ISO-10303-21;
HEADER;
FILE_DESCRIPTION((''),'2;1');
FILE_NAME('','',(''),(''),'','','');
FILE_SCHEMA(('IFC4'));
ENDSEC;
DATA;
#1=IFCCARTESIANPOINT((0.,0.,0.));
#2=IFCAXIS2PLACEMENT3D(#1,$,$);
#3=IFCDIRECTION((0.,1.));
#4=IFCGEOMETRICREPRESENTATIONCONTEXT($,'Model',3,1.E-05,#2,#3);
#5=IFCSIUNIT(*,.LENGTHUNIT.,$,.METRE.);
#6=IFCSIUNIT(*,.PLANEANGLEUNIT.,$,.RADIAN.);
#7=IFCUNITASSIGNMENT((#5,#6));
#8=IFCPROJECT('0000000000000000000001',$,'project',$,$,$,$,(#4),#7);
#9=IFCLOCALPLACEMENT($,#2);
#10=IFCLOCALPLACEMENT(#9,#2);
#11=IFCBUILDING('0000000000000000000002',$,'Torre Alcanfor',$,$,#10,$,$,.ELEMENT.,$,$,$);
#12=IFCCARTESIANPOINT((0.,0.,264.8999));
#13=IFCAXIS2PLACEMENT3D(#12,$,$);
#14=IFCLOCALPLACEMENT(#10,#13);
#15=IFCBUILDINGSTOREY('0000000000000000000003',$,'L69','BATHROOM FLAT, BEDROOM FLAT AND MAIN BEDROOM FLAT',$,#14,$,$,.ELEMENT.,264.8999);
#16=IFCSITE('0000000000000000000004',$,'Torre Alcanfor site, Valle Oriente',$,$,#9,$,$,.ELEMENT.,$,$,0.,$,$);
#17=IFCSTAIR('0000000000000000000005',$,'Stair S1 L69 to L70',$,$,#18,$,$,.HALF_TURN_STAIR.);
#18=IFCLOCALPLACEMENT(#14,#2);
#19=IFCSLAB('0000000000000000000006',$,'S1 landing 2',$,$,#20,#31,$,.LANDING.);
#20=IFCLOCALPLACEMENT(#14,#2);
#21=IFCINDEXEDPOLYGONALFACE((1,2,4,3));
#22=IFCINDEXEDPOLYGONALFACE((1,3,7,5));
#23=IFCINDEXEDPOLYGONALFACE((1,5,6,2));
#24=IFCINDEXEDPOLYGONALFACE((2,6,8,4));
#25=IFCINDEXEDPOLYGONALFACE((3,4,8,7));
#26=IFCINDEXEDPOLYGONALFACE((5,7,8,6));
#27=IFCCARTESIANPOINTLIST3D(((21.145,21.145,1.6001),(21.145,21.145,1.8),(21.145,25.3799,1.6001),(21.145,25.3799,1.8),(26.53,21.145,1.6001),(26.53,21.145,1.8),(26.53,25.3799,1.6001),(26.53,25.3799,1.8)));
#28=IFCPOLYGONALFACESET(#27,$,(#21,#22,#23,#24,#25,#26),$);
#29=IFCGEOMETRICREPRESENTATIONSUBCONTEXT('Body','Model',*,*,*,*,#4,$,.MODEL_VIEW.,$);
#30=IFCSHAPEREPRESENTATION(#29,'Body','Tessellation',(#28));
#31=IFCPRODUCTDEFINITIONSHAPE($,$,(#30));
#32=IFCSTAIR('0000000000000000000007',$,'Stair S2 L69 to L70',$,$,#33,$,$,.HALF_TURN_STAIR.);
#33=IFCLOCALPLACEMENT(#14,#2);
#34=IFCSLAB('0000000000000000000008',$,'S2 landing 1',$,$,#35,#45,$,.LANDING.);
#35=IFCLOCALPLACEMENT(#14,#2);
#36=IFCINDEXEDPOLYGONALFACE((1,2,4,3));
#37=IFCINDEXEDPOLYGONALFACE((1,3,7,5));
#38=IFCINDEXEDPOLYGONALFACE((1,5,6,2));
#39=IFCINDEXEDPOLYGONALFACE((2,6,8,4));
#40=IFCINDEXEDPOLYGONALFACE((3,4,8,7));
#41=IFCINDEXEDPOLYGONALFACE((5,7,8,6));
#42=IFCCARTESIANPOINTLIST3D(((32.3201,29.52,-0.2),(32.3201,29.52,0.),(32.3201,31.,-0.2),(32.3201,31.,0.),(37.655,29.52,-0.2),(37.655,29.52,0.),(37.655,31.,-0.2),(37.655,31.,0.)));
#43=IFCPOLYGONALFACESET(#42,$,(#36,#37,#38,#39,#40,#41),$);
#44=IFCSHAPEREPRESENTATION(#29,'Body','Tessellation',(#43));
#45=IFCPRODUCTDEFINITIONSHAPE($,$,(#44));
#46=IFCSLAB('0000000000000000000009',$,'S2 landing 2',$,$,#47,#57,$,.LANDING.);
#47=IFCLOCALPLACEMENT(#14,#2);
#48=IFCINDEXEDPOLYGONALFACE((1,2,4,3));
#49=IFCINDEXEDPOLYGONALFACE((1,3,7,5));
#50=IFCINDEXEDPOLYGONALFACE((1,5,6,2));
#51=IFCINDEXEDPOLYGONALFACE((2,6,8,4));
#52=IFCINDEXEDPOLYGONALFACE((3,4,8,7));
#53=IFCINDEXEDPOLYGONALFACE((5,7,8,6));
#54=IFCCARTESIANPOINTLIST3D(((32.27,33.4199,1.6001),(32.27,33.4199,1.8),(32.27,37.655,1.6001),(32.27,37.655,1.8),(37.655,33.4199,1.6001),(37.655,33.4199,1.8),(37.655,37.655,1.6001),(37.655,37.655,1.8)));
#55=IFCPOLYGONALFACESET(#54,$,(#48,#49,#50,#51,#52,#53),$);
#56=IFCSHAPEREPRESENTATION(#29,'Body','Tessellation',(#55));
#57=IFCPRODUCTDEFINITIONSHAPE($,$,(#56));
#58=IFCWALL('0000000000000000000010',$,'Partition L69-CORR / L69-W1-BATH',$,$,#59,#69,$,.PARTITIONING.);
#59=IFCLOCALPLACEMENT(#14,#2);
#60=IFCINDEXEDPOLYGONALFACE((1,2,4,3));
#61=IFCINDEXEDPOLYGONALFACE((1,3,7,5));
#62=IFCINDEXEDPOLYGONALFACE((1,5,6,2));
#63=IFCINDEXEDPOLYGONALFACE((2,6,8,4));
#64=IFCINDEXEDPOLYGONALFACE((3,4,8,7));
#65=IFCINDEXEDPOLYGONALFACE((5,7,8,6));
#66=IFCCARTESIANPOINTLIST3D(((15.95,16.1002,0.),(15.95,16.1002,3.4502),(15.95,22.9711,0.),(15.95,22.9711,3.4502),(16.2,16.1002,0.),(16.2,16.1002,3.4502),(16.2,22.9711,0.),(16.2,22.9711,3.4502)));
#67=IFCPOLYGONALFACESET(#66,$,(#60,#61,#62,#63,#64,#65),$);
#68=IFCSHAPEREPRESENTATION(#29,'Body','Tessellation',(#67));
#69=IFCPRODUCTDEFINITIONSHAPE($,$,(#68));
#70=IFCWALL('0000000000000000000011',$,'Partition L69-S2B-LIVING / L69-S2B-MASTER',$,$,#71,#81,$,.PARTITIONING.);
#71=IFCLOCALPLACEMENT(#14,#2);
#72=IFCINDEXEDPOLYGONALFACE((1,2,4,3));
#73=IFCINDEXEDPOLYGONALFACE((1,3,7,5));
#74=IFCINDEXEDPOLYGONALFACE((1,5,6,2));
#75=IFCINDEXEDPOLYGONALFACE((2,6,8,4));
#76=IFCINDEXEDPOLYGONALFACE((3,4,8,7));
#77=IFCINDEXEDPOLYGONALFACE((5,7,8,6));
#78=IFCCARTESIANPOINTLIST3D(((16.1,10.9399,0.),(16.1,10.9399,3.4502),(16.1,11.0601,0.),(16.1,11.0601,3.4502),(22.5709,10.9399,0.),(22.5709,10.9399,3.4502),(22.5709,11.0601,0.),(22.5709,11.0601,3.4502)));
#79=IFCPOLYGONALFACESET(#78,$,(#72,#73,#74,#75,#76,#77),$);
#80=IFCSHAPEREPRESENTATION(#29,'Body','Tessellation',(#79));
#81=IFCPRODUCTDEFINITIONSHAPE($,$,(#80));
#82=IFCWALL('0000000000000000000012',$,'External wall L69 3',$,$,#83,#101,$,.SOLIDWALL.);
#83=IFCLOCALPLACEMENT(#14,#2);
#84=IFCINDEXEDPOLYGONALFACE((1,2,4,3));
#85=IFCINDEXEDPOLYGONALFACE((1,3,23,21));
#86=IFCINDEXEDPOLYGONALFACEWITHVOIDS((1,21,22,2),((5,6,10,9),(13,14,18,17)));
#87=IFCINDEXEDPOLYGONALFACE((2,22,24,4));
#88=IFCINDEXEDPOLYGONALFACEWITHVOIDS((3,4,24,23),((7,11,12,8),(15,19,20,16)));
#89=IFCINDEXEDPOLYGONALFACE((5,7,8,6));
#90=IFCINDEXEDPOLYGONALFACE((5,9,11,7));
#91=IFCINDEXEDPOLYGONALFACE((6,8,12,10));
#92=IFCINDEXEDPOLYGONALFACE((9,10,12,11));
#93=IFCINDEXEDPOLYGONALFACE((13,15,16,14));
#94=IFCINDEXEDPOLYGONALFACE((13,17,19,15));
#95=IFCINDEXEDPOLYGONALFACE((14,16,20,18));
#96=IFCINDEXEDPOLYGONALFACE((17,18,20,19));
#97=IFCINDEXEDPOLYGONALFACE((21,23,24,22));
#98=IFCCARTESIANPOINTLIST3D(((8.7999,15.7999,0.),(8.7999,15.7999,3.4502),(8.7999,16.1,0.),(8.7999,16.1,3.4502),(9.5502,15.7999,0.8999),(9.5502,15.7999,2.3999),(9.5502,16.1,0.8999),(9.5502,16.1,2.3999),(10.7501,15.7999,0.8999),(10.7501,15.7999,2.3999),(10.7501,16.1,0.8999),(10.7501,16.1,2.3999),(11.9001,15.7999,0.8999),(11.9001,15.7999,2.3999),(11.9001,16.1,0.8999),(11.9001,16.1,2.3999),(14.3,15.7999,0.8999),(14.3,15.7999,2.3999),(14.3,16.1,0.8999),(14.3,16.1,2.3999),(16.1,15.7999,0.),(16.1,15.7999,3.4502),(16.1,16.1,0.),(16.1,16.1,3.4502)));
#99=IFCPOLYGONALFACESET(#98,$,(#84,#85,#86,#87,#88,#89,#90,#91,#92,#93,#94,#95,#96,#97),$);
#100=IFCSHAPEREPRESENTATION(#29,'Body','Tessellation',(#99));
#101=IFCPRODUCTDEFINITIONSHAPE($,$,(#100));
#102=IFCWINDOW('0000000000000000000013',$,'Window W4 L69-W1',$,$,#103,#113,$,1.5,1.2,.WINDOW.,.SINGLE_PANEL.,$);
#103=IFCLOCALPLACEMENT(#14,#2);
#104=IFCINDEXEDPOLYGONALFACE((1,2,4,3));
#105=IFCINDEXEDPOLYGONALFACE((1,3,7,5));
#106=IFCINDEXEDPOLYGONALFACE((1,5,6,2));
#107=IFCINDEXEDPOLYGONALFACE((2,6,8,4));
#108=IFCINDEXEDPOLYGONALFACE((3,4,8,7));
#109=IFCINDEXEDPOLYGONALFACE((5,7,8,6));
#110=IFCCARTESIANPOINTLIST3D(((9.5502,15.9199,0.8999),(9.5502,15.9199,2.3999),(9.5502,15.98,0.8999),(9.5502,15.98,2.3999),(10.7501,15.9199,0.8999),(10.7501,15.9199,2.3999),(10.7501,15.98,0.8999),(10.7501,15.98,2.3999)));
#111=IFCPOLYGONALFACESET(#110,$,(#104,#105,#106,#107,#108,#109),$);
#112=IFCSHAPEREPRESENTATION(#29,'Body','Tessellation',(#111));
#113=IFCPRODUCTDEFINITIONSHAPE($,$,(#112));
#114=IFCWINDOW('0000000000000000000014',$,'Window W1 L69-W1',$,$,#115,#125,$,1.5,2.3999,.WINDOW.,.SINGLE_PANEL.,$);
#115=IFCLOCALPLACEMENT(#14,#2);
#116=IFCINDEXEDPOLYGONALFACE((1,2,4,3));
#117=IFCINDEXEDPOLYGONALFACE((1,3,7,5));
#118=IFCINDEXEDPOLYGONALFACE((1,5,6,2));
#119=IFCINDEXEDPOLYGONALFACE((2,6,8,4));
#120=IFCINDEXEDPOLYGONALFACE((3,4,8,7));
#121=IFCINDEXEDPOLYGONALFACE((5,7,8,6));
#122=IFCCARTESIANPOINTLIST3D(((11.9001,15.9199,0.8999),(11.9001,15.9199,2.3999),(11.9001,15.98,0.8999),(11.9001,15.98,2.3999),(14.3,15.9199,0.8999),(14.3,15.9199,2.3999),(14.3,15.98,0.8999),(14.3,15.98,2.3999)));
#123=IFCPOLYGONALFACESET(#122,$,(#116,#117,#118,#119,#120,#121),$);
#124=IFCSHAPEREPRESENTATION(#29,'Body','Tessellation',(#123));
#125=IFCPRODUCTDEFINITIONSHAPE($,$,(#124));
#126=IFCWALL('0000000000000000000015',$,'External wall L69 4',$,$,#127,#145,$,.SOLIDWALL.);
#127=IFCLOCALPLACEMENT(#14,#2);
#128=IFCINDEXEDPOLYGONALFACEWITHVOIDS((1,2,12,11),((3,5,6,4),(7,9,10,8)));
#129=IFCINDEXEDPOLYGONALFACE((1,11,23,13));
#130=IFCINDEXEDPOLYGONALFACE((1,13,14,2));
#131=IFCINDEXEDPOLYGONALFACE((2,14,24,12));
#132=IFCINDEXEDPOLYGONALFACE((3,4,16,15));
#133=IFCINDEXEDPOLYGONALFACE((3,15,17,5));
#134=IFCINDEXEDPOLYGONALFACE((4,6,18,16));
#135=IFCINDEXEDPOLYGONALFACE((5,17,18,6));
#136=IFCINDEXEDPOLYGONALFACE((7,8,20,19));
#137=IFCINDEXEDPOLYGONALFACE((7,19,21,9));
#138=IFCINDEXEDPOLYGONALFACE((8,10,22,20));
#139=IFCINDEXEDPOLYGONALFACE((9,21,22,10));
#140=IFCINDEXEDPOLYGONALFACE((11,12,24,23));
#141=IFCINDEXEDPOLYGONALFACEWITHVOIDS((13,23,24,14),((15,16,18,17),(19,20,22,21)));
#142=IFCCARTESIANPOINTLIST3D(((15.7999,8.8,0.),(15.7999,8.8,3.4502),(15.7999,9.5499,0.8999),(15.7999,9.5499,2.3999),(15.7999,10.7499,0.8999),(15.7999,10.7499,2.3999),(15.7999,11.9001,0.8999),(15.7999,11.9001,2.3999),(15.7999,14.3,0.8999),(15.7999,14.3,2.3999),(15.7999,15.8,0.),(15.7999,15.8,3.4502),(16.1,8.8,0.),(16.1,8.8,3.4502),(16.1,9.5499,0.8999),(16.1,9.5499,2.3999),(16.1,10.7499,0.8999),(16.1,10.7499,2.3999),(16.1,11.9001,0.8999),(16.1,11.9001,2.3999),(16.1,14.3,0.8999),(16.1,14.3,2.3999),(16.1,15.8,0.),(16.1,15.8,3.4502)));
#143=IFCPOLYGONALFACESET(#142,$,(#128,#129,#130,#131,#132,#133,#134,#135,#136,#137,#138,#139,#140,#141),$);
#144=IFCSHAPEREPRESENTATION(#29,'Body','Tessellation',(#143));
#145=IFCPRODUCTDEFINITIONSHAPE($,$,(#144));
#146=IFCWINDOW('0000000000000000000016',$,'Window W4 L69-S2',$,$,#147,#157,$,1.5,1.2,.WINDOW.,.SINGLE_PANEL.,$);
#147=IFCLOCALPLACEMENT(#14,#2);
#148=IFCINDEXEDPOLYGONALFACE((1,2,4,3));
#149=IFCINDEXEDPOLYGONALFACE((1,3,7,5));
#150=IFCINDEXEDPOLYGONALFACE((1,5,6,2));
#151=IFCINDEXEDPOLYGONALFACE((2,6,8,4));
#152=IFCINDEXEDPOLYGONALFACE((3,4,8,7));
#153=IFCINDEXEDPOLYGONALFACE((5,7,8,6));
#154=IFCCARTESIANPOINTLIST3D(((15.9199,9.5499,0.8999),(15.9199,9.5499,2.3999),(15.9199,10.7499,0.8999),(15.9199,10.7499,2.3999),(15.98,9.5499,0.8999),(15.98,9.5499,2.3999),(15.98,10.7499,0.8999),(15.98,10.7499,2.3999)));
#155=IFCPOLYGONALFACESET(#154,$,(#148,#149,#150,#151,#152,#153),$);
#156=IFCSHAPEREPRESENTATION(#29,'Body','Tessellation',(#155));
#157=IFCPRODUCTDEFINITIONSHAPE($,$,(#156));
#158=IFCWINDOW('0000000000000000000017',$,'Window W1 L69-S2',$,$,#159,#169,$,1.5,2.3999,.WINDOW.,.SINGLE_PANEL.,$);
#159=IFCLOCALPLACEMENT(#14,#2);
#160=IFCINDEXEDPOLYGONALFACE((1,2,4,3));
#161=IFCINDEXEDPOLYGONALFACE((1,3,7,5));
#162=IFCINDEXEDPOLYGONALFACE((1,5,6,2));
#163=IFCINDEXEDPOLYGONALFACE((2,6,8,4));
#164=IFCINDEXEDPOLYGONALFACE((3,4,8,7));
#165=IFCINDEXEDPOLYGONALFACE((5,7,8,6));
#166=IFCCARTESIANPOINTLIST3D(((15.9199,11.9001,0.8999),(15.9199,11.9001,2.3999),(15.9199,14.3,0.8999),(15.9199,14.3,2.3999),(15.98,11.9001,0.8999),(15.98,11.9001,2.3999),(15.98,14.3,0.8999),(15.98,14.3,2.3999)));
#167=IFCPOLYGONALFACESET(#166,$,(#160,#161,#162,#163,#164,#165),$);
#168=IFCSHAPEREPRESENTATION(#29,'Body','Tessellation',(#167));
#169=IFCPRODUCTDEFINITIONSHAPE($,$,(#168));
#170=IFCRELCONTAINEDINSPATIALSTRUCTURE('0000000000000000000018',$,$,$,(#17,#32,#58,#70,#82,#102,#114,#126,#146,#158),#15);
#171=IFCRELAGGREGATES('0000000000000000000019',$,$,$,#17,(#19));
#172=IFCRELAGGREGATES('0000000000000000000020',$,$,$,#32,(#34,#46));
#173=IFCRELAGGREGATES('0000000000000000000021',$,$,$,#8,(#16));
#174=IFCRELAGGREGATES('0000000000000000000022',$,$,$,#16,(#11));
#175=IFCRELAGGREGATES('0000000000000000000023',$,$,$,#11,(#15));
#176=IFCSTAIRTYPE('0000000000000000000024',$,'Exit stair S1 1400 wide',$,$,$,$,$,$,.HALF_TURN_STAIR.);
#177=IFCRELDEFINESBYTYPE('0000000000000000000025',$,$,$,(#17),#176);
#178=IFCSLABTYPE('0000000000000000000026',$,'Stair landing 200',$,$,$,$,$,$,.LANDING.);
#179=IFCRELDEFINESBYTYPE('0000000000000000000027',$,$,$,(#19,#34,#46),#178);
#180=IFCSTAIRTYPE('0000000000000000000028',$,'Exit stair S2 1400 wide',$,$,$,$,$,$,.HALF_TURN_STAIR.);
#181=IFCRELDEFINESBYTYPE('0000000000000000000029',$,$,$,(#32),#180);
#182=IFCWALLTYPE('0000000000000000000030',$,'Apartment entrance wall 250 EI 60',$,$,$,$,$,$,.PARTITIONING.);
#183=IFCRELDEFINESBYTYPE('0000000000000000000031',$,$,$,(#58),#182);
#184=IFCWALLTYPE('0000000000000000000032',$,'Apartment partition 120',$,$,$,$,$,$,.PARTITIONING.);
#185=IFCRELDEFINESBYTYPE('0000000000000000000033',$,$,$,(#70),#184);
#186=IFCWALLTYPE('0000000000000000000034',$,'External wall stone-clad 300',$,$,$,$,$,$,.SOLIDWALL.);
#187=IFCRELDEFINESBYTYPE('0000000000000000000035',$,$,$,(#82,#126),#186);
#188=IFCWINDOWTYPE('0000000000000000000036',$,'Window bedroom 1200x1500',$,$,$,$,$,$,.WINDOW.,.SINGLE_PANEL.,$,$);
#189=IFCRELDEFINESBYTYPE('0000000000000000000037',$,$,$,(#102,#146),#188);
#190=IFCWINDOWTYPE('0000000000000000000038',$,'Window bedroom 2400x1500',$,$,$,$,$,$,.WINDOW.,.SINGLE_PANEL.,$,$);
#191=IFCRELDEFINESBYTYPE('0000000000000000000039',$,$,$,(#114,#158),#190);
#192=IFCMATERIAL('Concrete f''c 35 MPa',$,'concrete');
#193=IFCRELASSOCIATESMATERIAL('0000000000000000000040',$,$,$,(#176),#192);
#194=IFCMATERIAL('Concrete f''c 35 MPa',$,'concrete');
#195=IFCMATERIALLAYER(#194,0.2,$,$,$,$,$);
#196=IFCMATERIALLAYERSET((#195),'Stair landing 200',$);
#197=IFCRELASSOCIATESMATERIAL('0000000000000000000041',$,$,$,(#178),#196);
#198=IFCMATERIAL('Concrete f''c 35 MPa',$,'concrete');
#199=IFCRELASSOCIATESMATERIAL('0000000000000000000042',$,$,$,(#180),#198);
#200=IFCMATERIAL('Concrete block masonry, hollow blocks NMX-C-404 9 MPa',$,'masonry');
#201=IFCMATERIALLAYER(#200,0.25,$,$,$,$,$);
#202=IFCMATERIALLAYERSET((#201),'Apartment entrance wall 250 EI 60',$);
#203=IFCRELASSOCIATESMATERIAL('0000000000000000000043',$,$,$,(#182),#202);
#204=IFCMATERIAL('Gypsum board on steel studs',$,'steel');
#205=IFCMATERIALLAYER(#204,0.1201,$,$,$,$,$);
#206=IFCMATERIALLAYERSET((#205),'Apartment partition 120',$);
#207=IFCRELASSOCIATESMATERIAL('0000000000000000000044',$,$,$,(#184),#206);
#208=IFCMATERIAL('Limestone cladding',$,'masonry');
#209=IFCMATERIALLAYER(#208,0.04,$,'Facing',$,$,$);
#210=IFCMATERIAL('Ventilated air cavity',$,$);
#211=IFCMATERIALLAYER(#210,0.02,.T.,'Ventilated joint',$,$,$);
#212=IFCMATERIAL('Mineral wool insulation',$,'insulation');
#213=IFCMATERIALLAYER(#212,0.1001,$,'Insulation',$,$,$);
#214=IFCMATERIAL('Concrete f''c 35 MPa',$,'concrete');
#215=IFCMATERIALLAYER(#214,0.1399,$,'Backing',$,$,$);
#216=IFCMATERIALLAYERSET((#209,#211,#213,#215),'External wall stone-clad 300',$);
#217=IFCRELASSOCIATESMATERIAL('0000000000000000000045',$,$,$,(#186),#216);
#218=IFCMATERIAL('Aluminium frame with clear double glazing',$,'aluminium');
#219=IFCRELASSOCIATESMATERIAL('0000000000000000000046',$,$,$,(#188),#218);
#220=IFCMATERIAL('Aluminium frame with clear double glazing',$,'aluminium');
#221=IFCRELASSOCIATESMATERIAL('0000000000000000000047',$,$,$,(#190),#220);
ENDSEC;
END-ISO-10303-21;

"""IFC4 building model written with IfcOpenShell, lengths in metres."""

from ifc_helpers import new_model, si_unit, direction, frame, frame_2d, origin, place, context, subcontext, project, spatial, polyline, rectangle, outline, extrude, material, layer, layer_set, type_object, element, fill, aggregate, save


model = new_model("IFC4")

# Units and contexts
model_context = context("Model", 3, precision=1e-05, world=origin(), true_north=direction((0.0, 1.0)))
body_context = subcontext(model_context, "Body", "Model", "MODEL_VIEW")
ifc_project = project(units=[si_unit("LENGTHUNIT", "METRE"), si_unit("PLANEANGLEUNIT", "RADIAN")], contexts=[model_context])

# Site, building, storey
site_placement = place(None, origin())
site = spatial("IfcSite", under=ifc_project, at=site_placement, Name="Torre Alcanfor site, Valle Oriente", CompositionType="ELEMENT", RefElevation=0.0)
building_placement = place(site_placement, origin())
building = spatial("IfcBuilding", under=site, at=building_placement, Name="Torre Alcanfor", CompositionType="ELEMENT")
storey_placement = place(building_placement, frame((0.0, 0.0, 264.8999)))
storey = spatial("IfcBuildingStorey", under=building, at=storey_placement, Name="L69", Description="BATHROOM FLAT, BEDROOM FLAT AND MAIN BEDROOM FLAT", CompositionType="ELEMENT", Elevation=264.8999)

# Stairs, slabs
ifc_material_1 = material(Name="Concrete f'c 35 MPa", Category="concrete")
stair_type_1 = type_object("IfcStairType", Name="Exit stair S1 1400 wide", PredefinedType="HALF_TURN_STAIR", material=ifc_material_1)
stair_1_placement = place(storey_placement, origin())
stair_1 = element("IfcStair", 1, at=stair_1_placement, inside=storey, type_object=stair_type_1, Name="Stair S1 L69 to L70", PredefinedType="HALF_TURN_STAIR")
ifc_material_2 = material(Name="Concrete f'c 35 MPa", Category="concrete")
ifc_layer_1 = layer(ifc_material_2, 0.2)
ifc_layer_set_1 = layer_set([ifc_layer_1], Name="Stair landing 200")
slab_type_1 = type_object("IfcSlabType", Name="Stair landing 200", PredefinedType="LANDING", material=ifc_layer_set_1)
slab_1_placement = place(storey_placement, frame((0.0, 0.0, 1.6001)))
slab_1 = element("IfcSlab", 2, at=slab_1_placement, type_object=slab_type_1, Name="S1 landing 2", PredefinedType="LANDING", context=body_context, shape_type="SweptSolid", body=[
    extrude(outline(polyline([(21.145, 21.145), (26.53, 21.145), (26.53, 25.3799), (21.145, 25.3799), (21.145, 21.145)])), origin(), (0.0, 0.0, 1.0), 0.2),
])
aggregate(stair_1, [slab_1])
ifc_material_3 = material(Name="Concrete f'c 35 MPa", Category="concrete")
stair_type_2 = type_object("IfcStairType", Name="Exit stair S2 1400 wide", PredefinedType="HALF_TURN_STAIR", material=ifc_material_3)
stair_2_placement = place(storey_placement, origin())
stair_2 = element("IfcStair", 3, at=stair_2_placement, inside=storey, type_object=stair_type_2, Name="Stair S2 L69 to L70", PredefinedType="HALF_TURN_STAIR")
slab_2_placement = place(storey_placement, frame((0.0, 0.0, -0.2)))
slab_2 = element("IfcSlab", 4, at=slab_2_placement, type_object=slab_type_1, Name="S2 landing 1", PredefinedType="LANDING", context=body_context, shape_type="SweptSolid", body=[
    extrude(outline(polyline([(32.3201, 29.52), (37.655, 29.52), (37.655, 31.0), (32.3201, 31.0), (32.3201, 29.52)])), origin(), (0.0, 0.0, 1.0), 0.2),
])
slab_3_placement = place(storey_placement, frame((0.0, 0.0, 1.6001)))
slab_3 = element("IfcSlab", 5, at=slab_3_placement, type_object=slab_type_1, Name="S2 landing 2", PredefinedType="LANDING", context=body_context, shape_type="SweptSolid", body=[
    extrude(outline(polyline([(32.27, 33.4199), (37.655, 33.4199), (37.655, 37.655), (32.27, 37.655), (32.27, 33.4199)])), origin(), (0.0, 0.0, 1.0), 0.2),
])
aggregate(stair_2, [slab_2, slab_3])

# Walls
ifc_material_4 = material(Name="Concrete block masonry, hollow blocks NMX-C-404 9 MPa", Category="masonry")
ifc_layer_2 = layer(ifc_material_4, 0.25)
ifc_layer_set_2 = layer_set([ifc_layer_2], Name="Apartment entrance wall 250 EI 60")
wall_type_1 = type_object("IfcWallType", Name="Apartment entrance wall 250 EI 60", PredefinedType="PARTITIONING", material=ifc_layer_set_2)
wall_1_placement = place(storey_placement, frame((16.075, 16.1001, 0.0), z_axis=(0.0, 0.0, 1.0), x_axis=(0.0, 1.0, 0.0)))
element("IfcWall", 6, at=wall_1_placement, inside=storey, type_object=wall_type_1, Name="Partition L69-CORR / L69-W1-BATH", PredefinedType="PARTITIONING", context=body_context, shape_type="SweptSolid", body=[
    extrude(rectangle(XDim=6.8708, YDim=0.25, at=frame_2d((3.4355, 0.0))), origin(), (0.0, 0.0, 1.0), 3.4502),
])
ifc_material_5 = material(Name="Gypsum board on steel studs", Category="steel")
ifc_layer_3 = layer(ifc_material_5, 0.1201)
ifc_layer_set_3 = layer_set([ifc_layer_3], Name="Apartment partition 120")
wall_type_2 = type_object("IfcWallType", Name="Apartment partition 120", PredefinedType="PARTITIONING", material=ifc_layer_set_3)
wall_2_placement = place(storey_placement, frame((16.1001, 11.0, 0.0), z_axis=(0.0, 0.0, 1.0), x_axis=(1.0, 0.0, 0.0)))
element("IfcWall", 7, at=wall_2_placement, inside=storey, type_object=wall_type_2, Name="Partition L69-S2B-LIVING / L69-S2B-MASTER", PredefinedType="PARTITIONING", context=body_context, shape_type="SweptSolid", body=[
    extrude(rectangle(XDim=6.4709, YDim=0.1201, at=frame_2d((3.2354, 0.0))), origin(), (0.0, 0.0, 1.0), 3.4502),
])

# Walls, openings, windows
ifc_material_6 = material(Name="Limestone cladding", Category="masonry")
ifc_layer_4 = layer(ifc_material_6, 0.04, Name="Facing")
ifc_material_7 = material(Name="Ventilated air cavity")
ifc_layer_5 = layer(ifc_material_7, 0.02, ventilated=True, Name="Ventilated joint")
ifc_material_8 = material(Name="Mineral wool insulation", Category="insulation")
ifc_layer_6 = layer(ifc_material_8, 0.1001, Name="Insulation")
ifc_material_9 = material(Name="Concrete f'c 35 MPa", Category="concrete")
ifc_layer_7 = layer(ifc_material_9, 0.1399, Name="Backing")
ifc_layer_set_4 = layer_set([ifc_layer_4, ifc_layer_5, ifc_layer_6, ifc_layer_7], Name="External wall stone-clad 300")
wall_type_3 = type_object("IfcWallType", Name="External wall stone-clad 300", PredefinedType="SOLIDWALL", material=ifc_layer_set_4)
wall_3_placement = place(storey_placement, frame((8.8, 15.95, 0.0), z_axis=(0.0, 0.0, 1.0), x_axis=(1.0, 0.0, 0.0)))
wall_3 = element("IfcWall", 8, at=wall_3_placement, inside=storey, type_object=wall_type_3, Name="External wall L69 3", PredefinedType="SOLIDWALL", context=body_context, shape_type="SweptSolid", body=[
    extrude(rectangle(XDim=7.3, YDim=0.3, at=frame_2d((3.6499, 0.0))), origin(), (0.0, 0.0, 1.0), 3.4502),
])
opening_1_placement = place(wall_3_placement, frame((3.1001, 0.0, 0.8999)))
opening_1 = element("IfcOpeningElement", 9, at=opening_1_placement, cuts=wall_3, PredefinedType="OPENING", context=body_context, shape_type="SweptSolid", body=[
    extrude(rectangle(XDim=2.3999, YDim=1.5, at=frame_2d((1.2, 0.75))), frame((0.0, 0.1599, 0.0), z_axis=(0.0, -1.0, 0.0), x_axis=(1.0, 0.0, 0.0)), (0.0, 0.0, 1.0), 0.3201),
])
opening_2_placement = place(wall_3_placement, frame((0.75, 0.0, 0.8999)))
opening_2 = element("IfcOpeningElement", 10, at=opening_2_placement, cuts=wall_3, PredefinedType="OPENING", context=body_context, shape_type="SweptSolid", body=[
    extrude(rectangle(XDim=1.2, YDim=1.5, at=frame_2d((0.6001, 0.75))), frame((0.0, 0.1599, 0.0), z_axis=(0.0, -1.0, 0.0), x_axis=(1.0, 0.0, 0.0)), (0.0, 0.0, 1.0), 0.3201),
])
ifc_material_10 = material(Name="Aluminium frame with clear double glazing", Category="aluminium")
window_type_1 = type_object("IfcWindowType", Name="Window bedroom 1200x1500", PartitioningType="SINGLE_PANEL", PredefinedType="WINDOW", material=ifc_material_10)
window_1_placement = place(opening_2_placement, origin())
window_1 = element("IfcWindow", 11, at=window_1_placement, inside=storey, type_object=window_type_1, Name="Window W4 L69-W1", OverallHeight=1.5, OverallWidth=1.2, PartitioningType="SINGLE_PANEL", PredefinedType="WINDOW", context=body_context, shape_type="SweptSolid", body=[
    extrude(rectangle(XDim=1.2, YDim=1.5, at=frame_2d((0.6001, 0.75))), frame((0.0, 0.03, 0.0), z_axis=(0.0, -1.0, 0.0), x_axis=(1.0, 0.0, 0.0)), (0.0, 0.0, 1.0), 0.0601),
])
fill(opening_2, window_1)
ifc_material_11 = material(Name="Aluminium frame with clear double glazing", Category="aluminium")
window_type_2 = type_object("IfcWindowType", Name="Window bedroom 2400x1500", PartitioningType="SINGLE_PANEL", PredefinedType="WINDOW", material=ifc_material_11)
window_2_placement = place(opening_1_placement, origin())
window_2 = element("IfcWindow", 12, at=window_2_placement, inside=storey, type_object=window_type_2, Name="Window W1 L69-W1", OverallHeight=1.5, OverallWidth=2.3999, PartitioningType="SINGLE_PANEL", PredefinedType="WINDOW", context=body_context, shape_type="SweptSolid", body=[
    extrude(rectangle(XDim=2.3999, YDim=1.5, at=frame_2d((1.2, 0.75))), frame((0.0, 0.03, 0.0), z_axis=(0.0, -1.0, 0.0), x_axis=(1.0, 0.0, 0.0)), (0.0, 0.0, 1.0), 0.0601),
])
fill(opening_1, window_2)
wall_4_placement = place(storey_placement, frame((15.95, 15.8, 0.0), z_axis=(0.0, 0.0, 1.0), x_axis=(0.0, -1.0, 0.0)))
wall_4 = element("IfcWall", 13, at=wall_4_placement, inside=storey, type_object=wall_type_3, Name="External wall L69 4", PredefinedType="SOLIDWALL", context=body_context, shape_type="SweptSolid", body=[
    extrude(rectangle(XDim=7.0, YDim=0.3, at=frame_2d((3.5, 0.0))), origin(), (0.0, 0.0, 1.0), 3.4502),
])
opening_3_placement = place(wall_4_placement, frame((1.5, 0.0, 0.8999)))
opening_3 = element("IfcOpeningElement", 14, at=opening_3_placement, cuts=wall_4, PredefinedType="OPENING", context=body_context, shape_type="SweptSolid", body=[
    extrude(rectangle(XDim=2.3999, YDim=1.5, at=frame_2d((1.2, 0.75))), frame((0.0, 0.1599, 0.0), z_axis=(0.0, -1.0, 0.0), x_axis=(1.0, 0.0, 0.0)), (0.0, 0.0, 1.0), 0.3201),
])
opening_4_placement = place(wall_4_placement, frame((5.05, 0.0, 0.8999)))
opening_4 = element("IfcOpeningElement", 15, at=opening_4_placement, cuts=wall_4, PredefinedType="OPENING", context=body_context, shape_type="SweptSolid", body=[
    extrude(rectangle(XDim=1.2, YDim=1.5, at=frame_2d((0.6001, 0.75))), frame((0.0, 0.1599, 0.0), z_axis=(0.0, -1.0, 0.0), x_axis=(1.0, 0.0, 0.0)), (0.0, 0.0, 1.0), 0.3201),
])
window_3_placement = place(opening_4_placement, origin())
window_3 = element("IfcWindow", 16, at=window_3_placement, inside=storey, type_object=window_type_1, Name="Window W4 L69-S2", OverallHeight=1.5, OverallWidth=1.2, PartitioningType="SINGLE_PANEL", PredefinedType="WINDOW", context=body_context, shape_type="SweptSolid", body=[
    extrude(rectangle(XDim=1.2, YDim=1.5, at=frame_2d((0.6001, 0.75))), frame((0.0, 0.03, 0.0), z_axis=(0.0, -1.0, 0.0), x_axis=(1.0, 0.0, 0.0)), (0.0, 0.0, 1.0), 0.0601),
])
fill(opening_4, window_3)
window_4_placement = place(opening_3_placement, origin())
window_4 = element("IfcWindow", 17, at=window_4_placement, inside=storey, type_object=window_type_2, Name="Window W1 L69-S2", OverallHeight=1.5, OverallWidth=2.3999, PartitioningType="SINGLE_PANEL", PredefinedType="WINDOW", context=body_context, shape_type="SweptSolid", body=[
    extrude(rectangle(XDim=2.3999, YDim=1.5, at=frame_2d((1.2, 0.75))), frame((0.0, 0.03, 0.0), z_axis=(0.0, -1.0, 0.0), x_axis=(1.0, 0.0, 0.0)), (0.0, 0.0, 1.0), 0.0601),
])
fill(opening_3, window_4)

save(model, "model.ifc")
